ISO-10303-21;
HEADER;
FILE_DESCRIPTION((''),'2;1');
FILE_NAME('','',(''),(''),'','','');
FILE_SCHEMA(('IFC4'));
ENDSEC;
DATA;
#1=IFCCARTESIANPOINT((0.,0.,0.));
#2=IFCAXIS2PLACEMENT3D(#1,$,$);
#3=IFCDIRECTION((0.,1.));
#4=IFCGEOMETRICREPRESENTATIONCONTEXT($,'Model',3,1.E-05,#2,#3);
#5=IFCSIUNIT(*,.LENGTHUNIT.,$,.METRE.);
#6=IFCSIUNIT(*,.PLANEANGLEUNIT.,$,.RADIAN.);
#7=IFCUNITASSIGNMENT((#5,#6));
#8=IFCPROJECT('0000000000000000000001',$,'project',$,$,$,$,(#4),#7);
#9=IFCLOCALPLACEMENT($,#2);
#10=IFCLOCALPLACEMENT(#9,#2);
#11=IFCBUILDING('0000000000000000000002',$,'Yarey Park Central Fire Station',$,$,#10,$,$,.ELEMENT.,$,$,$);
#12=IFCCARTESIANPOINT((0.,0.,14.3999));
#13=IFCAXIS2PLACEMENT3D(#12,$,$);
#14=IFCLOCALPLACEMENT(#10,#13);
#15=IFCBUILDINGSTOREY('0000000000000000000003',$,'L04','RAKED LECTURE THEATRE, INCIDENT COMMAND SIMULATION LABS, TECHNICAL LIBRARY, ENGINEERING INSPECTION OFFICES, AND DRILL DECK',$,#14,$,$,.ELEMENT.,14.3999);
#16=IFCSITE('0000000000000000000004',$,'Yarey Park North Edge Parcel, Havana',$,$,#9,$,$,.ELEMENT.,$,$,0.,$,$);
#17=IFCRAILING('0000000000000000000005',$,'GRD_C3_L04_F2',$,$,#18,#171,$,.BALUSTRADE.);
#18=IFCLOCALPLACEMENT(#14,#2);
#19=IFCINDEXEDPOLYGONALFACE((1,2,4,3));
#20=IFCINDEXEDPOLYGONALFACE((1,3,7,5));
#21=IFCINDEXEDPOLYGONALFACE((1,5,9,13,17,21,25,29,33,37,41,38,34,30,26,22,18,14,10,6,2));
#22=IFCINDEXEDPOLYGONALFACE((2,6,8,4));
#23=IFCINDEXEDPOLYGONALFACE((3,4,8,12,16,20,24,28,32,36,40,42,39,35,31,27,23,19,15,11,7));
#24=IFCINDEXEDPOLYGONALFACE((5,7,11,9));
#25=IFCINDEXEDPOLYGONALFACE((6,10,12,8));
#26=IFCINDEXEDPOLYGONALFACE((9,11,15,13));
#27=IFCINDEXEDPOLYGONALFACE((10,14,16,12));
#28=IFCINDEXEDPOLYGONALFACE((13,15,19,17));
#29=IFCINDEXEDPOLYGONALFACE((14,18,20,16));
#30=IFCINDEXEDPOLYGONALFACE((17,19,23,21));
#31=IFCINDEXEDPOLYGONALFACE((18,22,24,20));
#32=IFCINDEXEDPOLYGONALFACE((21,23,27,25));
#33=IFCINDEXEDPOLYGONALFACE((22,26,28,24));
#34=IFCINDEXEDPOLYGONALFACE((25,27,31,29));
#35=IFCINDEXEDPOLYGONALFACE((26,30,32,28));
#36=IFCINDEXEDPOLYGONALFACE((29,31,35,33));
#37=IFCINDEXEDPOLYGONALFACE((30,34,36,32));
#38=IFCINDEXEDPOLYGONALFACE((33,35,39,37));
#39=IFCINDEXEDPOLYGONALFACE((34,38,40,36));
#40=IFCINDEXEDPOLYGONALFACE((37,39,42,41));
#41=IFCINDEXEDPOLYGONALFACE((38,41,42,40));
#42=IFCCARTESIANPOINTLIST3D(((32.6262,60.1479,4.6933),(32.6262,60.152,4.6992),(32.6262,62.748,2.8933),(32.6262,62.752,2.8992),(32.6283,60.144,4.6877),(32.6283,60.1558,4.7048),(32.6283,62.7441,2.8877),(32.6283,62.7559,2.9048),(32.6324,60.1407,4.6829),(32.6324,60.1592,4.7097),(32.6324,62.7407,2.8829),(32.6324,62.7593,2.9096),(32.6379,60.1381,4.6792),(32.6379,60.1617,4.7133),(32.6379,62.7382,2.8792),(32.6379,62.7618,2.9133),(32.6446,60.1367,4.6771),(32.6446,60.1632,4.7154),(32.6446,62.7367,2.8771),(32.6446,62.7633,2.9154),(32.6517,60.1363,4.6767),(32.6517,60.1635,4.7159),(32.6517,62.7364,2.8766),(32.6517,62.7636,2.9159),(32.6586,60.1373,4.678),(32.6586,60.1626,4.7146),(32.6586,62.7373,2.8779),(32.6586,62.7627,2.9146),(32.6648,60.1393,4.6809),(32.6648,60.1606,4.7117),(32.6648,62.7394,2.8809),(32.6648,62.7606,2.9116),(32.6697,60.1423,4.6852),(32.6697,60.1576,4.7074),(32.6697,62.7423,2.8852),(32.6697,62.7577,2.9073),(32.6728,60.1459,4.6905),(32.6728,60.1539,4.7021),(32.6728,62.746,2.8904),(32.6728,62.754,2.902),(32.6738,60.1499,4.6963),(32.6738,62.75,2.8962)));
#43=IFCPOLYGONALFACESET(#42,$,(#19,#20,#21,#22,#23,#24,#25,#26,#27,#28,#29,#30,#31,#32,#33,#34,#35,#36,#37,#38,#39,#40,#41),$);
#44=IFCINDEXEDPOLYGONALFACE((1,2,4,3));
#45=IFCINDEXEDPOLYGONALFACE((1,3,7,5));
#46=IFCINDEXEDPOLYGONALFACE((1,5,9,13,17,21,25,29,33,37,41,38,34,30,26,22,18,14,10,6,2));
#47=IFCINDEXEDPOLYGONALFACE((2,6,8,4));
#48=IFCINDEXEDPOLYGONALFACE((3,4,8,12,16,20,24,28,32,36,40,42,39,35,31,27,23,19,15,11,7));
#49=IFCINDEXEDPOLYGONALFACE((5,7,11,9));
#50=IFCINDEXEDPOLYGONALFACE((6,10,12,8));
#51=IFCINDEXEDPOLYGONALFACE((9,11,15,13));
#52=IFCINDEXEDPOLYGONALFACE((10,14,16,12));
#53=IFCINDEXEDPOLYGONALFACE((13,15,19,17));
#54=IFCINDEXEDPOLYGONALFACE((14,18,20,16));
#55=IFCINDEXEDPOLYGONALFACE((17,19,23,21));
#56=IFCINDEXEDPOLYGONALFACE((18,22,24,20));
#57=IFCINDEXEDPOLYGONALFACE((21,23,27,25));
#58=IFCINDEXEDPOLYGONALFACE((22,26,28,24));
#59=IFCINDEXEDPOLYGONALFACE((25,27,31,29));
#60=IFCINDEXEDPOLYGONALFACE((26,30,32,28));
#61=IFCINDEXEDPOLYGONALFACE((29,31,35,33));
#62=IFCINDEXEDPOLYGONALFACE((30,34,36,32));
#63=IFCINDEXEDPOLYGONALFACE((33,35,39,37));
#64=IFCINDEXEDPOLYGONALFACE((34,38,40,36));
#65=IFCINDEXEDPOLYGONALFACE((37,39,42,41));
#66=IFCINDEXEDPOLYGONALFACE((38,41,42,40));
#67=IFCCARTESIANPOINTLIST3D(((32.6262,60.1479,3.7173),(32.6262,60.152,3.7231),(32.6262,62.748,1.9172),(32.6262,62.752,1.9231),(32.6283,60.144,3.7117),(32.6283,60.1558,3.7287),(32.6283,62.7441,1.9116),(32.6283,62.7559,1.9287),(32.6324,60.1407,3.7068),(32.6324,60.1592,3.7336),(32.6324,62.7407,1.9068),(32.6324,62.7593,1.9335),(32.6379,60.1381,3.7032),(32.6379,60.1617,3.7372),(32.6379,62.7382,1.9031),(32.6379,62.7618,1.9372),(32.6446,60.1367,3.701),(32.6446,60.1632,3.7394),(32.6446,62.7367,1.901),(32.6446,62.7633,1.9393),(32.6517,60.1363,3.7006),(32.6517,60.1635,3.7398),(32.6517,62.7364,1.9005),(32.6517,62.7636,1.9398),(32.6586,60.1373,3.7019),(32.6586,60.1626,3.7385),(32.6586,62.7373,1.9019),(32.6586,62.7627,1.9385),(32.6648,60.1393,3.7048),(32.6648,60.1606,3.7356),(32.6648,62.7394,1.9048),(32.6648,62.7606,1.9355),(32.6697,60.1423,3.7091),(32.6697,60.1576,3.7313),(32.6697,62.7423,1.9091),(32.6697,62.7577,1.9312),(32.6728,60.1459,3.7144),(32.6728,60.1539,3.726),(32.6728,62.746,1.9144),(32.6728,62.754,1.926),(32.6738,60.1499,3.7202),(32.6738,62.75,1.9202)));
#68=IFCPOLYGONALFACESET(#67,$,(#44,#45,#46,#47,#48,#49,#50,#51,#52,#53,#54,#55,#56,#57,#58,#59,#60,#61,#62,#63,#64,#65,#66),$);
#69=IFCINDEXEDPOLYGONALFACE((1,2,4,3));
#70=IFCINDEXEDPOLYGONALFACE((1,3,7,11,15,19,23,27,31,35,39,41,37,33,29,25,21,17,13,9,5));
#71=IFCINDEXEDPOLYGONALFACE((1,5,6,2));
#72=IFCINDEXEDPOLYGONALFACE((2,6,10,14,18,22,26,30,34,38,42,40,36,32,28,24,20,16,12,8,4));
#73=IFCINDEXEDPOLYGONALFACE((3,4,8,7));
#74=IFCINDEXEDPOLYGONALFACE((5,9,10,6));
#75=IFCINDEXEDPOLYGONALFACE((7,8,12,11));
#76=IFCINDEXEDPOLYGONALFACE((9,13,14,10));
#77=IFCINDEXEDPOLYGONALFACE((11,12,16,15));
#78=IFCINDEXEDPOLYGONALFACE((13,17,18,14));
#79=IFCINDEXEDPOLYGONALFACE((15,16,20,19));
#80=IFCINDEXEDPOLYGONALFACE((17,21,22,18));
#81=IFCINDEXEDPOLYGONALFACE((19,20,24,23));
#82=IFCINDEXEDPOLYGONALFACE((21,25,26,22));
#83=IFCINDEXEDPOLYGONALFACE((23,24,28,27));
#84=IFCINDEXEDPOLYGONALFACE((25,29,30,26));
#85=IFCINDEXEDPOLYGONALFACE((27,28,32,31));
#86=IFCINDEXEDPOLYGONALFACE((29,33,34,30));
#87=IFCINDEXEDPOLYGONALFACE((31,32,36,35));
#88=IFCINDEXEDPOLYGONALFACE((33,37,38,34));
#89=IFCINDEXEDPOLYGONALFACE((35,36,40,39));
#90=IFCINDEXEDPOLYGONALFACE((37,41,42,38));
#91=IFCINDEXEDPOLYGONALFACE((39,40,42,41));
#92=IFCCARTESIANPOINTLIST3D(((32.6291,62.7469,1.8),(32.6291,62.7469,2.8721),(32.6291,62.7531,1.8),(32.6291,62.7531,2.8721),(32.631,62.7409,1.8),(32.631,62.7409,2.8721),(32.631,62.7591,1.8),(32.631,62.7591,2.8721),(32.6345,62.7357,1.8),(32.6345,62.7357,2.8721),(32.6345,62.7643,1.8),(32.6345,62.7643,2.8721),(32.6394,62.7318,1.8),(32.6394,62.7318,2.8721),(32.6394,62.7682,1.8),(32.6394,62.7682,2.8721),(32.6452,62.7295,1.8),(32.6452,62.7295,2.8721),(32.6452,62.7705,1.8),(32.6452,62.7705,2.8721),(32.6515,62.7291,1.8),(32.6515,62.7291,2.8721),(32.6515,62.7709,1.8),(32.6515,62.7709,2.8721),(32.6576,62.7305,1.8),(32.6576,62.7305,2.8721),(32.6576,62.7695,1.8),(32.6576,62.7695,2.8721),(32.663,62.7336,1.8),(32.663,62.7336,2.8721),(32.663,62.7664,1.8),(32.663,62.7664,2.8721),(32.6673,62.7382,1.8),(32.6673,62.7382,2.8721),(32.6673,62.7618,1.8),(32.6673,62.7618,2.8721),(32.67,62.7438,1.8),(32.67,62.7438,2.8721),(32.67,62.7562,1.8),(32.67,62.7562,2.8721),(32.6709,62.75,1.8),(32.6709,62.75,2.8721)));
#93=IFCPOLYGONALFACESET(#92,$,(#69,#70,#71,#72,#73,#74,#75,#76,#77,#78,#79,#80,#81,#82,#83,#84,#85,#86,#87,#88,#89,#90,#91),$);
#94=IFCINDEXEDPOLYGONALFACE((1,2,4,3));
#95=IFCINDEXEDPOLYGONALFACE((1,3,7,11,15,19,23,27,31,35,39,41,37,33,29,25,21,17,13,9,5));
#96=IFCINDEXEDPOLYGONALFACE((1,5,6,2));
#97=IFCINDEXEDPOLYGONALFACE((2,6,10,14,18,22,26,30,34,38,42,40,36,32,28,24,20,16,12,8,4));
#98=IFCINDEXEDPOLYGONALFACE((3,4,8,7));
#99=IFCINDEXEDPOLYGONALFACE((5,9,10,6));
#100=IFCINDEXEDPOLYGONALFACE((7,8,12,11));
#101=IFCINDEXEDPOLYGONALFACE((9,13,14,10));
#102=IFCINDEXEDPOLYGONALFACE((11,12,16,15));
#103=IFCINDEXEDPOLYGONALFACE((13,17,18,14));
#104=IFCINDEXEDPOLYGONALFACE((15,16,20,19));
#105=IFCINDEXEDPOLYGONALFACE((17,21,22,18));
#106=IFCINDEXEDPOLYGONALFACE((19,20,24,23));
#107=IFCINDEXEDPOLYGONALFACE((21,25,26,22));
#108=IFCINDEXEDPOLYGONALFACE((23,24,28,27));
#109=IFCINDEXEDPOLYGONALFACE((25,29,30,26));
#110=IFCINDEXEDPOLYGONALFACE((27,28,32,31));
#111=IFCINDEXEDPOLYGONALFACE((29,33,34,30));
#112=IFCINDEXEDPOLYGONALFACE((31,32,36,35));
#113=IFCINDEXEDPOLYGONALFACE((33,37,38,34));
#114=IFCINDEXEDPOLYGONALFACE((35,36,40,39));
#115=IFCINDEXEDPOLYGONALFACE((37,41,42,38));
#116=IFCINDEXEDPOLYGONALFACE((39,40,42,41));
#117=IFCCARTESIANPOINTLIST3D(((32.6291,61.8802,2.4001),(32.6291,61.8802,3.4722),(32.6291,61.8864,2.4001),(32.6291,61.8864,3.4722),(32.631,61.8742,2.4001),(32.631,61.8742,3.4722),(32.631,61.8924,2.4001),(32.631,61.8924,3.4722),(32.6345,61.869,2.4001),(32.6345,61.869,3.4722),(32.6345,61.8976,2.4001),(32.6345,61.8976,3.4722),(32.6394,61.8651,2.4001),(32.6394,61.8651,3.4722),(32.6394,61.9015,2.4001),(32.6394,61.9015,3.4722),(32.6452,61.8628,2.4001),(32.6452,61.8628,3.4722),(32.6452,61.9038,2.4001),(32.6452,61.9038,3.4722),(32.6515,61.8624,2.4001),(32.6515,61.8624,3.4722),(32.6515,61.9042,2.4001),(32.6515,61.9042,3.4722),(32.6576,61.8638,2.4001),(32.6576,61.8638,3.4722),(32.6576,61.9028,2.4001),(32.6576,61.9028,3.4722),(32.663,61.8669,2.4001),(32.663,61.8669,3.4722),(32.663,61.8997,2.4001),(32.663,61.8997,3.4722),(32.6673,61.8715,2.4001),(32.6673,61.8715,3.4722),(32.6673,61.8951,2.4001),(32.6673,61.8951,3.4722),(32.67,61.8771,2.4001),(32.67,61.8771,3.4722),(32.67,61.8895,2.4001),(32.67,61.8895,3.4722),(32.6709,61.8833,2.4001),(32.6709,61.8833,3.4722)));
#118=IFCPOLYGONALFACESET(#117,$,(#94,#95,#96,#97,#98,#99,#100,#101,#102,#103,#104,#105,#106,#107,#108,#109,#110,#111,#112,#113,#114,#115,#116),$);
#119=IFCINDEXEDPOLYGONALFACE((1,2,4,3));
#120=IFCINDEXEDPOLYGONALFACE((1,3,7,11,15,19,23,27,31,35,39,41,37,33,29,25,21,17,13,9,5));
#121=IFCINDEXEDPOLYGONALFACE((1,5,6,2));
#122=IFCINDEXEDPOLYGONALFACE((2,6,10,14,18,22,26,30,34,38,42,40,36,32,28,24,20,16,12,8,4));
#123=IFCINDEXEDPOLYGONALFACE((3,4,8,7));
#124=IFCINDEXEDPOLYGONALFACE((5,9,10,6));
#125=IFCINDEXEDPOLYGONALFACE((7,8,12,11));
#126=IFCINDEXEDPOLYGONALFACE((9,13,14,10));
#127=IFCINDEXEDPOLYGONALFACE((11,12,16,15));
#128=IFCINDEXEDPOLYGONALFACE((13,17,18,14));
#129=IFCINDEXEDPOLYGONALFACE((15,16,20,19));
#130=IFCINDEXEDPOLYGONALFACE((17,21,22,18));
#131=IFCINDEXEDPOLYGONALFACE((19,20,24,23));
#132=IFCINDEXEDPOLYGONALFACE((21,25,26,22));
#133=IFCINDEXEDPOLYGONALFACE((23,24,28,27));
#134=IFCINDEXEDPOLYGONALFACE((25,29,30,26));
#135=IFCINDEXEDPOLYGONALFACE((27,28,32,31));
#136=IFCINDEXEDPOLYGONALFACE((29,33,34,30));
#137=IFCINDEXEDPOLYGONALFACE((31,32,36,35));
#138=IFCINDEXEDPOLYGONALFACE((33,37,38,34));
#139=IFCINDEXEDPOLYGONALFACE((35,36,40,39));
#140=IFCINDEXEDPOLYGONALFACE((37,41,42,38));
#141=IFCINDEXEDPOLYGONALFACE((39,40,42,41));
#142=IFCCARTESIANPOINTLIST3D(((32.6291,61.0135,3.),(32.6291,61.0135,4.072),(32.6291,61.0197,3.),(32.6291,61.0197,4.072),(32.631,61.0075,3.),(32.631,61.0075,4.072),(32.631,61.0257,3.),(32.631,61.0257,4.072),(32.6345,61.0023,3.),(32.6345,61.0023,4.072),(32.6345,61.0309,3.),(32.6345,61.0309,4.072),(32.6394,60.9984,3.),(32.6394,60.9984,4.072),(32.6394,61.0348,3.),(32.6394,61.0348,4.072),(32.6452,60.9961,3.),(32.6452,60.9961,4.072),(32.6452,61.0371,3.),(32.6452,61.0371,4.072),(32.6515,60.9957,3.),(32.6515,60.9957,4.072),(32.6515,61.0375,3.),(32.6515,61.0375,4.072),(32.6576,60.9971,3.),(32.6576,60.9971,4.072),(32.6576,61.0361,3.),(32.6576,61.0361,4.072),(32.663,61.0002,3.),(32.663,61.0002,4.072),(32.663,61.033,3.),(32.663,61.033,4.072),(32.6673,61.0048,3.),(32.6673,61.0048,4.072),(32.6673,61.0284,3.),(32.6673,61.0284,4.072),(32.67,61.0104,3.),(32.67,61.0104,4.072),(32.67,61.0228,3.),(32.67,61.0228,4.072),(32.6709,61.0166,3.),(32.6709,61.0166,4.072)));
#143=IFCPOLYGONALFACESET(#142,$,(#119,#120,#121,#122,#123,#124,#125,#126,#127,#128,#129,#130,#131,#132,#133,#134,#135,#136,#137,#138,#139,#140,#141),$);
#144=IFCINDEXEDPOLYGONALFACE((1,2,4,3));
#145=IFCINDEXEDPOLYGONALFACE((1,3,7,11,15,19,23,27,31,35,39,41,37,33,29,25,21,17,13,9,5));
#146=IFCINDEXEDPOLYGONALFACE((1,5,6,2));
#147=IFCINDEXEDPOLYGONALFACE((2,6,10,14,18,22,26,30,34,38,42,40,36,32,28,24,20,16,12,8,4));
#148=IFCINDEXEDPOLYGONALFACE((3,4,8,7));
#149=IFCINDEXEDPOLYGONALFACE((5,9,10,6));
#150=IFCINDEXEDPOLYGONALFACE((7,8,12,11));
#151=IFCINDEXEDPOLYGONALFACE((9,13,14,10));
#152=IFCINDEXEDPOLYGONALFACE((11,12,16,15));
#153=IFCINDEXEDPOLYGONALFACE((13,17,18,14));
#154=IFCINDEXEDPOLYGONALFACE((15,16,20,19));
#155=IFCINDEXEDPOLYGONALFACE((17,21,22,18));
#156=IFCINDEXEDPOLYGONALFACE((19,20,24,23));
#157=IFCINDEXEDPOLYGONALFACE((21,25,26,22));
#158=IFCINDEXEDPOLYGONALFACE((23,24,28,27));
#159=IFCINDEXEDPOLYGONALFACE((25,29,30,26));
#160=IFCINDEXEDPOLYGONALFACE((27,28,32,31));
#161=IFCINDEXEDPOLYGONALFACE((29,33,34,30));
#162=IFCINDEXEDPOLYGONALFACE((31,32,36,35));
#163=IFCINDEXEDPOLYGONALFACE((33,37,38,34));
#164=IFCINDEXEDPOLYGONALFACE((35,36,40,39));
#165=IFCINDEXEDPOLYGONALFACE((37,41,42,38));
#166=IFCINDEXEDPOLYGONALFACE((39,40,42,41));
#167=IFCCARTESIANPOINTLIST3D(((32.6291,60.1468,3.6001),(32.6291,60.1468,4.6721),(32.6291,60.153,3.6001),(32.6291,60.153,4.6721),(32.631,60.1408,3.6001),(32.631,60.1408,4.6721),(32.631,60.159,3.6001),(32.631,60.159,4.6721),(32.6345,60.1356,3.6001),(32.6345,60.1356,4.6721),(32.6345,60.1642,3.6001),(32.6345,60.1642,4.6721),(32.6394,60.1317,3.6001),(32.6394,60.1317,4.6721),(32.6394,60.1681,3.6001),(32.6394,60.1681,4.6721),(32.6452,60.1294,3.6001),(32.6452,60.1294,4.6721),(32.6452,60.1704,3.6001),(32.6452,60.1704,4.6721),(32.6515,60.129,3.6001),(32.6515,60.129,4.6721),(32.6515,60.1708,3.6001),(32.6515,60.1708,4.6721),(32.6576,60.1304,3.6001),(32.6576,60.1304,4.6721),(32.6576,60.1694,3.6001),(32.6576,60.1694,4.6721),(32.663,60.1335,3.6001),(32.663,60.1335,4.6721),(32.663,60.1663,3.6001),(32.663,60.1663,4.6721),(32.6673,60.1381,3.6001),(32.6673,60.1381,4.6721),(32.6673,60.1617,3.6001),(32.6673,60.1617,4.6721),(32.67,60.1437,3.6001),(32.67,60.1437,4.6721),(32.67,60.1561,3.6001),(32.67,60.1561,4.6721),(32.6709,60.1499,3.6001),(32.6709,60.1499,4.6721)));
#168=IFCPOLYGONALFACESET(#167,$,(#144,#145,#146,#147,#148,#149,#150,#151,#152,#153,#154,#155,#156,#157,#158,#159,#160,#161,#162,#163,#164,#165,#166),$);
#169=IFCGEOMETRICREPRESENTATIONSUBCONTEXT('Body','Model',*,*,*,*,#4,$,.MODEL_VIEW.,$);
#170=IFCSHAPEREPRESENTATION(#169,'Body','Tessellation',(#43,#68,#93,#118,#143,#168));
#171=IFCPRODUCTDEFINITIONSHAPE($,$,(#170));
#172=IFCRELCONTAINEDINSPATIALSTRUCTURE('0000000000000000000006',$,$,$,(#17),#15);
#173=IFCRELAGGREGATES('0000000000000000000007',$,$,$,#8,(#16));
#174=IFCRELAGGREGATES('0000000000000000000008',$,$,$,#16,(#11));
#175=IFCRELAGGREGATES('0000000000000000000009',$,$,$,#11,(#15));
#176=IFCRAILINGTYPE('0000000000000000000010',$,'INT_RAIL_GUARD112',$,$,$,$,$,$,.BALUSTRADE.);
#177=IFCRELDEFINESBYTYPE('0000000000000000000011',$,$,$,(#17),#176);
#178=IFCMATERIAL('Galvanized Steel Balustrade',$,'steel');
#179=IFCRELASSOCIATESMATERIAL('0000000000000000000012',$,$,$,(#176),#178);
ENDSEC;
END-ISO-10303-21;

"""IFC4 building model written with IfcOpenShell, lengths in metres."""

from ifc_helpers import new_model, si_unit, direction, frame, origin, origin_2d, place, context, subcontext, project, spatial, circle, extrude, material, type_object, element, save


model = new_model("IFC4")

# Units and contexts
model_context = context("Model", 3, precision=1e-05, world=origin(), true_north=direction((0.0, 1.0)))
body_context = subcontext(model_context, "Body", "Model", "MODEL_VIEW")
ifc_project = project(units=[si_unit("LENGTHUNIT", "METRE"), si_unit("PLANEANGLEUNIT", "RADIAN")], contexts=[model_context])

# Site, building, storey
site_placement = place(None, origin())
site = spatial("IfcSite", under=ifc_project, at=site_placement, Name="Yarey Park North Edge Parcel, Havana", CompositionType="ELEMENT", RefElevation=0.0)
building_placement = place(site_placement, origin())
building = spatial("IfcBuilding", under=site, at=building_placement, Name="Yarey Park Central Fire Station", CompositionType="ELEMENT")
storey_placement = place(building_placement, frame((0.0, 0.0, 14.3999)))
storey = spatial("IfcBuildingStorey", under=building, at=storey_placement, Name="L04", Description="RAKED LECTURE THEATRE, INCIDENT COMMAND SIMULATION LABS, TECHNICAL LIBRARY, ENGINEERING INSPECTION OFFICES, AND DRILL DECK", CompositionType="ELEMENT", Elevation=14.3999)

# Railing
ifc_material_1 = material(Name="Galvanized Steel Balustrade", Category="steel")
railing_type = type_object("IfcRailingType", Name="INT_RAIL_GUARD112", PredefinedType="BALUSTRADE", material=ifc_material_1)
railing_1_placement = place(storey_placement, frame((32.6499, 62.75, 1.8)))
element("IfcRailing", 1, at=railing_1_placement, inside=storey, type_object=railing_type, Name="GRD_C3_L04_F2", PredefinedType="BALUSTRADE", context=body_context, shape_type="SweptSolid", body=[
    extrude(circle(Radius=0.0239, at=origin_2d()), frame((0.0, 0.0, 1.0962), z_axis=(0.0, -0.822195, 0.569206), x_axis=(1.0, 0.0, 0.0)), (0.0, 0.0, 1.0), 3.1624),
    extrude(circle(Radius=0.0239, at=origin_2d()), frame((0.0, 0.0, 0.1201), z_axis=(0.0, -0.822195, 0.569206), x_axis=(1.0, 0.0, 0.0)), (0.0, 0.0, 1.0), 3.1624),
    extrude(circle(Radius=0.021, at=origin_2d()), origin(), (0.0, 0.0, 1.0), 1.072),
    extrude(circle(Radius=0.021, at=origin_2d()), frame((0.0, -0.8667, 0.6001)), (0.0, 0.0, 1.0), 1.072),
    extrude(circle(Radius=0.021, at=origin_2d()), frame((0.0, -1.7334, 1.2)), (0.0, 0.0, 1.0), 1.072),
    extrude(circle(Radius=0.021, at=origin_2d()), frame((0.0, -2.6001, 1.8)), (0.0, 0.0, 1.0), 1.072),
])

save(model, "model.ifc")
